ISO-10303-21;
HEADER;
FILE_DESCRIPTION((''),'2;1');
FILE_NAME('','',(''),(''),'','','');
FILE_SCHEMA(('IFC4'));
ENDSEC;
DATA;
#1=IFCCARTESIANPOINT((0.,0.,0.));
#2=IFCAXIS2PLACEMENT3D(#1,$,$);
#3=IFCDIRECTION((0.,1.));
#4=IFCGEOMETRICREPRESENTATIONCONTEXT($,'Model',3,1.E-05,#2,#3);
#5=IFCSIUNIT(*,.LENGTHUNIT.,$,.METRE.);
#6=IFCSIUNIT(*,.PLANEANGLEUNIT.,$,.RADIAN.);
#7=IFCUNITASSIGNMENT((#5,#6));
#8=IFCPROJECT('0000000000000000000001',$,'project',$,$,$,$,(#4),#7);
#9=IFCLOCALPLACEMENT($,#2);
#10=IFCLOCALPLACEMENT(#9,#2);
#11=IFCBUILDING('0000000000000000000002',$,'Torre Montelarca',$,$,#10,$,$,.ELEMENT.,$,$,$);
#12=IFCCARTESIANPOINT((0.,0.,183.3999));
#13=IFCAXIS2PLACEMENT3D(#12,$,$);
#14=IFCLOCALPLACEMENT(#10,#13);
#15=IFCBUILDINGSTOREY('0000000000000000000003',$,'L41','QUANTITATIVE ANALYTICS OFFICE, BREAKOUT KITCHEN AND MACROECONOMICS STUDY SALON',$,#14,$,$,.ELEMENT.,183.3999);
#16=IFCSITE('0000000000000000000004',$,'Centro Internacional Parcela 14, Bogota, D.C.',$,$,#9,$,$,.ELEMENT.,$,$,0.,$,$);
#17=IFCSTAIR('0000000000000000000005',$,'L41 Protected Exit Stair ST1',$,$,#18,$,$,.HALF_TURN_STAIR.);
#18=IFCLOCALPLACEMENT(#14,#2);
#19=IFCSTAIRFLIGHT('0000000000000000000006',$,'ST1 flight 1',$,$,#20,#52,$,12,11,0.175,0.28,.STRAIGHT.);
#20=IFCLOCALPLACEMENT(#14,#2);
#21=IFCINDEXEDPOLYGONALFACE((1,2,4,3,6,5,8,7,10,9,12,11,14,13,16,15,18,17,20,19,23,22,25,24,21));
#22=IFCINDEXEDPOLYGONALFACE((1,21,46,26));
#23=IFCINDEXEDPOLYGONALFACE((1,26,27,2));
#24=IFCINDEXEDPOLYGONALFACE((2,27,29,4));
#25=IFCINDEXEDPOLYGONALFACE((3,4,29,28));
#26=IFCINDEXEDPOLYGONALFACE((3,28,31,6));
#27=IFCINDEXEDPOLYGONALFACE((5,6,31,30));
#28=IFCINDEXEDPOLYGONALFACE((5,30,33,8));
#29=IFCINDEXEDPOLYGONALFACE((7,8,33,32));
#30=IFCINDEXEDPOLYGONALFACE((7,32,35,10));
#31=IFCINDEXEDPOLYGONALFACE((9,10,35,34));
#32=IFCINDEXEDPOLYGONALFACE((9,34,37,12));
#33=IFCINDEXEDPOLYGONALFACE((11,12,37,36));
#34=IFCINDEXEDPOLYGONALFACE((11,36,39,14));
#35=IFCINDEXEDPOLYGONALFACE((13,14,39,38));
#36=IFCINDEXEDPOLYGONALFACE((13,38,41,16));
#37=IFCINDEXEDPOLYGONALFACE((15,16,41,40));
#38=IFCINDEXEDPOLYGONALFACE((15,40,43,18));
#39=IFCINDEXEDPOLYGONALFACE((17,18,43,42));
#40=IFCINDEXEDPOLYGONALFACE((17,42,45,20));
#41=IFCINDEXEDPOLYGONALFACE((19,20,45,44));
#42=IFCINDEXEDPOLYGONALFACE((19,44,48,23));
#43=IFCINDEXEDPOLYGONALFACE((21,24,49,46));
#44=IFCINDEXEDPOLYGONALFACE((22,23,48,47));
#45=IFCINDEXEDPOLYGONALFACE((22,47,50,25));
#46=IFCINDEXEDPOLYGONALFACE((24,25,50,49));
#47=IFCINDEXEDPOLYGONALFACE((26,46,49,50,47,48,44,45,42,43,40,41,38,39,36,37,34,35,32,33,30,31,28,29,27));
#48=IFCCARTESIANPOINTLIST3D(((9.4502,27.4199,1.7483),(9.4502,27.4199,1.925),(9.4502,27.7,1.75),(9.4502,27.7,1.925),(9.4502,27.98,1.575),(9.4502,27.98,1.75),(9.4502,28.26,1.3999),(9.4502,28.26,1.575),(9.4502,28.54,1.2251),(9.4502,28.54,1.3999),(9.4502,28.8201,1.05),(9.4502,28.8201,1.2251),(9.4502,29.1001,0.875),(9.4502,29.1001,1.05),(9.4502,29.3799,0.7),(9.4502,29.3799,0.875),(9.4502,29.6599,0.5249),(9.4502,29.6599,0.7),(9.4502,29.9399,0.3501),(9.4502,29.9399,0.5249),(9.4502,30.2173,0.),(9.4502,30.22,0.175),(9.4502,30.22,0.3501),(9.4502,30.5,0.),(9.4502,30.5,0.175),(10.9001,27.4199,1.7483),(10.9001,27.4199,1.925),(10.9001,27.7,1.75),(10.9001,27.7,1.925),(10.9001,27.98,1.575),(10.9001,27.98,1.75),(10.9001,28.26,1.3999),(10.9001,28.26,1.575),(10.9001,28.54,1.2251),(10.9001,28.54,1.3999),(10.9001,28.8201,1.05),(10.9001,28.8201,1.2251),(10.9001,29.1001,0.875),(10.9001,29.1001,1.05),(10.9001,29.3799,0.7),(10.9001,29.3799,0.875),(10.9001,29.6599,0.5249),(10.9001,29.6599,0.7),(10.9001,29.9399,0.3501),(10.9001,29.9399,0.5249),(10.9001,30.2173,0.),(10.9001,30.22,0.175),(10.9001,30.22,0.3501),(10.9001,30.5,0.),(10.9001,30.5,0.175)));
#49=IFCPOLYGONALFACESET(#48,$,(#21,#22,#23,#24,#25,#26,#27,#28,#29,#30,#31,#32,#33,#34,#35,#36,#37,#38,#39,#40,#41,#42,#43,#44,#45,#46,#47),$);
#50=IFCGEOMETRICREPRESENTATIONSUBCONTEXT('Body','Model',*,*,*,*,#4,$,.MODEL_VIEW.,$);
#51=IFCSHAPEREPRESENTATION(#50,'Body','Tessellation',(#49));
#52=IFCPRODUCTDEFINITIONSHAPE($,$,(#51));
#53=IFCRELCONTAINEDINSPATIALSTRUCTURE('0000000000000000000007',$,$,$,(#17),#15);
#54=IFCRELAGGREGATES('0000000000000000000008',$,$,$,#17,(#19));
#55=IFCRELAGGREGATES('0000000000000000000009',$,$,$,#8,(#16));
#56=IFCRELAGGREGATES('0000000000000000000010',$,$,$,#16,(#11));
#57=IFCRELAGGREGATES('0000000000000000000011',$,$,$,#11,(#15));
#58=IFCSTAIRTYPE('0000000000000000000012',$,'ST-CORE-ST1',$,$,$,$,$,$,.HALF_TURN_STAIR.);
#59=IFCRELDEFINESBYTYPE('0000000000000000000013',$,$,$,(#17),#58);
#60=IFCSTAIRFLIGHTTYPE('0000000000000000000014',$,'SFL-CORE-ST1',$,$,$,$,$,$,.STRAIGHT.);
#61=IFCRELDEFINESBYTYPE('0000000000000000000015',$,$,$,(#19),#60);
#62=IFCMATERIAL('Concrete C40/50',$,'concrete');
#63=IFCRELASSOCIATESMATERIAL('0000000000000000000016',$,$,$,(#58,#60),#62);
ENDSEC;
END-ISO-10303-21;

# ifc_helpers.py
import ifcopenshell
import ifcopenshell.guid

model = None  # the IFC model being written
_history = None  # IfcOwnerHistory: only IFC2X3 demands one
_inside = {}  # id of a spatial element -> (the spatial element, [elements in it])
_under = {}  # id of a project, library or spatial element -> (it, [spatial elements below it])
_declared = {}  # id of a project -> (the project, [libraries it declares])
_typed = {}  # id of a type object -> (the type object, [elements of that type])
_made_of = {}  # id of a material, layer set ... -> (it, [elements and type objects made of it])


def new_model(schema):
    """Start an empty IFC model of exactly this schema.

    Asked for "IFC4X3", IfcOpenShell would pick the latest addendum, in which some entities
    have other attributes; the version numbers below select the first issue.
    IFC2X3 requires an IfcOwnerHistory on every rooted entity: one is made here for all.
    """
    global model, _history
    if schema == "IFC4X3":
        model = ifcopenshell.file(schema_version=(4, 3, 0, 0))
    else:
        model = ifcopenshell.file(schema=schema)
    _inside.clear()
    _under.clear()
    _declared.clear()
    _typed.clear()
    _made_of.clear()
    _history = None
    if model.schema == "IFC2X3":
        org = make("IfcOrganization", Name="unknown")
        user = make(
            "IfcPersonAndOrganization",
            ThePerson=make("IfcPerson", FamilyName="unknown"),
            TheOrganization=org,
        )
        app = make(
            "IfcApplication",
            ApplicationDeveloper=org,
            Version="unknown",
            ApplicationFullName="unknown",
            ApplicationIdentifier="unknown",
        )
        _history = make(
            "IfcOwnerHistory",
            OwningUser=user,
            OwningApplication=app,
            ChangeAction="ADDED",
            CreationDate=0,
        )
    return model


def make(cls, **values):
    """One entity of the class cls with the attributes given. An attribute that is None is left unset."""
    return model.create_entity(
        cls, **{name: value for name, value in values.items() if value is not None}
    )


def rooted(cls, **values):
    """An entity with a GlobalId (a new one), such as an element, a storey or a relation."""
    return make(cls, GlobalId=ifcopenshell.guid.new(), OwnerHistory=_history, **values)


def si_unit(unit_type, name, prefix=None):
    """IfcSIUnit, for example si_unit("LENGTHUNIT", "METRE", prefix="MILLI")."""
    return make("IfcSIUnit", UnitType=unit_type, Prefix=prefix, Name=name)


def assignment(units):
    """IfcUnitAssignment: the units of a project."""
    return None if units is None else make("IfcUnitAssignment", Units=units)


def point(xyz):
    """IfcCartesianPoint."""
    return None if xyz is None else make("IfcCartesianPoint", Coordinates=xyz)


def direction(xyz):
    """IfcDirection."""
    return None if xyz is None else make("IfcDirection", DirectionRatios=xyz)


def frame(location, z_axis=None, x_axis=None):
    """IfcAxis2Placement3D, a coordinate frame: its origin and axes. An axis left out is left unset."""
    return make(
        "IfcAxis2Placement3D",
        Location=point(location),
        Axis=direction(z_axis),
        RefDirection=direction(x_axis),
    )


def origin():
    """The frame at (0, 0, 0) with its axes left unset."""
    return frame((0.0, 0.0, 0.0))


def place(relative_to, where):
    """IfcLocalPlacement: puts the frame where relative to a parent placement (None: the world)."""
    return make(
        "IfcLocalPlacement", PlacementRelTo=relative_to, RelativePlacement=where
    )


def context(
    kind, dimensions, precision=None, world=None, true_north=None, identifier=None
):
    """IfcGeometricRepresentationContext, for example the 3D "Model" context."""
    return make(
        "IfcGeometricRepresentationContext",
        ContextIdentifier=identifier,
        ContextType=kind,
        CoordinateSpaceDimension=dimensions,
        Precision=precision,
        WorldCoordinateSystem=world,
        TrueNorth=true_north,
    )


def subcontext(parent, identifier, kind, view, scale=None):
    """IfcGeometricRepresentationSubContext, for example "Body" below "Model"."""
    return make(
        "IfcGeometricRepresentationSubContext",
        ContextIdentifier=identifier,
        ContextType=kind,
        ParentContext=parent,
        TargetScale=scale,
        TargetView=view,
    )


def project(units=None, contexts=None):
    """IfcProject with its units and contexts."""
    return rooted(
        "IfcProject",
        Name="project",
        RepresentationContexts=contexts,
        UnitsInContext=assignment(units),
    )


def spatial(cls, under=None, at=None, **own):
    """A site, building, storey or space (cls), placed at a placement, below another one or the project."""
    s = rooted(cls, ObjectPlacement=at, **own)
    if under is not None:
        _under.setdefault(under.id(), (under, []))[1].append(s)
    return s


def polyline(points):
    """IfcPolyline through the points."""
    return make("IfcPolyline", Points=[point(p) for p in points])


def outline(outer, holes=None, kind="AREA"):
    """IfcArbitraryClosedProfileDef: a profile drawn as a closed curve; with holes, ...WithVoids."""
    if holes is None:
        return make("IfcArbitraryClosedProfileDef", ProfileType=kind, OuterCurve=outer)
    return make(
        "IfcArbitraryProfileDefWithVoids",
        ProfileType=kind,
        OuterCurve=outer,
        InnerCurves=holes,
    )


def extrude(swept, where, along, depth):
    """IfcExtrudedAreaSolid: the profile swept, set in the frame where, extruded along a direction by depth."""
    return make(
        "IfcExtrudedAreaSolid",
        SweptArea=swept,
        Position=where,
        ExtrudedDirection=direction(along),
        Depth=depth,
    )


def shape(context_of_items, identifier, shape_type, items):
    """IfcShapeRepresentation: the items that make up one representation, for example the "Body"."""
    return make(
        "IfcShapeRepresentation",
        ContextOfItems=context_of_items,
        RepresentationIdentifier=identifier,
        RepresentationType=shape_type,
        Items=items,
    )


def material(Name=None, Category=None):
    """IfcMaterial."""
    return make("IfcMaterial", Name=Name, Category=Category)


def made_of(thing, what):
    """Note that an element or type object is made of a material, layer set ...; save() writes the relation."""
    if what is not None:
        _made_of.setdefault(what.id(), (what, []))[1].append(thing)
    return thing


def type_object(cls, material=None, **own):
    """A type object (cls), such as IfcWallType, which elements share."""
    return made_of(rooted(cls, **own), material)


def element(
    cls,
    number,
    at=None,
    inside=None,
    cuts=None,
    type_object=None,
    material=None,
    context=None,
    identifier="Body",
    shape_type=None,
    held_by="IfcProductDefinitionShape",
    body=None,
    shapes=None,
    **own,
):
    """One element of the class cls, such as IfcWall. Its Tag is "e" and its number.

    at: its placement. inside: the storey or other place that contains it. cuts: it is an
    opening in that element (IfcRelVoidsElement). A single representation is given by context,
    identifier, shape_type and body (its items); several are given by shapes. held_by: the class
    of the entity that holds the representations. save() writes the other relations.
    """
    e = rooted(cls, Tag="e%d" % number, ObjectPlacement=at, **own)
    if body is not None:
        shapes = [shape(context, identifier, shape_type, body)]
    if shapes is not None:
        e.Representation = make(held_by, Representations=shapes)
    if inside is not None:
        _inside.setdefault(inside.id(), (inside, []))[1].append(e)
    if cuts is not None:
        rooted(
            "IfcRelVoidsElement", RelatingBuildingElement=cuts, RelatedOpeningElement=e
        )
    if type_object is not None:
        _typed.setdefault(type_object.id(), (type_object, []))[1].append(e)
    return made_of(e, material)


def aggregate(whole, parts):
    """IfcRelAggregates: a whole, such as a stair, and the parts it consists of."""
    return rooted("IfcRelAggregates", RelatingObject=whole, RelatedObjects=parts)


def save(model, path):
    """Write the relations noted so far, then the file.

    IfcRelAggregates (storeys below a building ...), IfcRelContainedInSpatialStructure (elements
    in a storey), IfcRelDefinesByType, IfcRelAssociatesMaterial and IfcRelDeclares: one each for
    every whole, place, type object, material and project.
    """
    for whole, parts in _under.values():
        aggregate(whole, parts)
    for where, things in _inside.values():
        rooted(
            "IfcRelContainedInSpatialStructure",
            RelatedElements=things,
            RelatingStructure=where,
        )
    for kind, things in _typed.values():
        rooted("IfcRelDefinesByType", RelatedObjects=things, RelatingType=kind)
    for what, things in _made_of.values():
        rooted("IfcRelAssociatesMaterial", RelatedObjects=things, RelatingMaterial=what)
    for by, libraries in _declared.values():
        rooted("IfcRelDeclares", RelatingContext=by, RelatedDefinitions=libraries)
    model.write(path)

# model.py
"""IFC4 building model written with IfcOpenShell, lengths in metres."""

from ifc_helpers import new_model, si_unit, direction, frame, origin, place, context, subcontext, project, spatial, polyline, outline, extrude, material, type_object, element, aggregate, save


model = new_model("IFC4")

# Units and contexts
model_context = context("Model", 3, precision=1e-05, world=origin(), true_north=direction((0.0, 1.0)))
body_context = subcontext(model_context, "Body", "Model", "MODEL_VIEW")
ifc_project = project(units=[si_unit("LENGTHUNIT", "METRE"), si_unit("PLANEANGLEUNIT", "RADIAN")], contexts=[model_context])

# Site, building, storey
site_placement = place(None, origin())
site = spatial("IfcSite", under=ifc_project, at=site_placement, Name="Centro Internacional Parcela 14, Bogota, D.C.", CompositionType="ELEMENT", RefElevation=0.0)
building_placement = place(site_placement, origin())
building = spatial("IfcBuilding", under=site, at=building_placement, Name="Torre Montelarca", CompositionType="ELEMENT")
storey_placement = place(building_placement, frame((0.0, 0.0, 183.3999)))
storey = spatial("IfcBuildingStorey", under=building, at=storey_placement, Name="L41", Description="QUANTITATIVE ANALYTICS OFFICE, BREAKOUT KITCHEN AND MACROECONOMICS STUDY SALON", CompositionType="ELEMENT", Elevation=183.3999)

# Shared definitions
ifc_material_1 = material(Name="Concrete C40/50", Category="concrete")

# Stair, stair flight
stair_type = type_object("IfcStairType", Name="ST-CORE-ST1", PredefinedType="HALF_TURN_STAIR", material=ifc_material_1)
stair_placement = place(storey_placement, origin())
stair = element("IfcStair", 1, at=stair_placement, inside=storey, type_object=stair_type, Name="L41 Protected Exit Stair ST1", PredefinedType="HALF_TURN_STAIR")
stair_flight_type = type_object("IfcStairFlightType", Name="SFL-CORE-ST1", PredefinedType="STRAIGHT", material=ifc_material_1)
stair_flight_placement = place(storey_placement, frame((10.175, 30.5, 0.0), z_axis=(0.0, 0.0, 1.0), x_axis=(0.0, -1.0, 0.0)))
stair_flight = element("IfcStairFlight", 2, at=stair_flight_placement, type_object=stair_flight_type, Name="ST1 flight 1", NumberOfRisers=12, NumberOfTreads=11, PredefinedType="STRAIGHT", RiserHeight=0.175, TreadLength=0.28, context=body_context, shape_type="SweptSolid", body=[
    extrude(outline(polyline([(0.0, 0.0), (0.0, 0.175), (0.28, 0.175), (0.28, 0.3501), (0.5601, 0.3501), (0.5601, 0.5249), (0.8401, 0.5249), (0.8401, 0.7), (1.1201, 0.7), (1.1201, 0.875), (1.3999, 0.875), (1.3999, 1.05), (1.6799, 1.05), (1.6799, 1.2251), (1.96, 1.2251), (1.96, 1.3999), (2.24, 1.3999), (2.24, 1.575), (2.52, 1.575), (2.52, 1.75), (2.8, 1.75), (2.8, 1.925), (3.0801, 1.925), (3.0801, 2.1001), (3.0801, 1.7483), (0.2827, 0.0), (0.0, 0.0)])), frame((0.0, 0.7251, 0.0), z_axis=(0.0, -1.0, 0.0), x_axis=(1.0, 0.0, 0.0)), (0.0, 0.0, 1.0), 1.45),
])
aggregate(stair, [stair_flight])

save(model, "model.ifc")
